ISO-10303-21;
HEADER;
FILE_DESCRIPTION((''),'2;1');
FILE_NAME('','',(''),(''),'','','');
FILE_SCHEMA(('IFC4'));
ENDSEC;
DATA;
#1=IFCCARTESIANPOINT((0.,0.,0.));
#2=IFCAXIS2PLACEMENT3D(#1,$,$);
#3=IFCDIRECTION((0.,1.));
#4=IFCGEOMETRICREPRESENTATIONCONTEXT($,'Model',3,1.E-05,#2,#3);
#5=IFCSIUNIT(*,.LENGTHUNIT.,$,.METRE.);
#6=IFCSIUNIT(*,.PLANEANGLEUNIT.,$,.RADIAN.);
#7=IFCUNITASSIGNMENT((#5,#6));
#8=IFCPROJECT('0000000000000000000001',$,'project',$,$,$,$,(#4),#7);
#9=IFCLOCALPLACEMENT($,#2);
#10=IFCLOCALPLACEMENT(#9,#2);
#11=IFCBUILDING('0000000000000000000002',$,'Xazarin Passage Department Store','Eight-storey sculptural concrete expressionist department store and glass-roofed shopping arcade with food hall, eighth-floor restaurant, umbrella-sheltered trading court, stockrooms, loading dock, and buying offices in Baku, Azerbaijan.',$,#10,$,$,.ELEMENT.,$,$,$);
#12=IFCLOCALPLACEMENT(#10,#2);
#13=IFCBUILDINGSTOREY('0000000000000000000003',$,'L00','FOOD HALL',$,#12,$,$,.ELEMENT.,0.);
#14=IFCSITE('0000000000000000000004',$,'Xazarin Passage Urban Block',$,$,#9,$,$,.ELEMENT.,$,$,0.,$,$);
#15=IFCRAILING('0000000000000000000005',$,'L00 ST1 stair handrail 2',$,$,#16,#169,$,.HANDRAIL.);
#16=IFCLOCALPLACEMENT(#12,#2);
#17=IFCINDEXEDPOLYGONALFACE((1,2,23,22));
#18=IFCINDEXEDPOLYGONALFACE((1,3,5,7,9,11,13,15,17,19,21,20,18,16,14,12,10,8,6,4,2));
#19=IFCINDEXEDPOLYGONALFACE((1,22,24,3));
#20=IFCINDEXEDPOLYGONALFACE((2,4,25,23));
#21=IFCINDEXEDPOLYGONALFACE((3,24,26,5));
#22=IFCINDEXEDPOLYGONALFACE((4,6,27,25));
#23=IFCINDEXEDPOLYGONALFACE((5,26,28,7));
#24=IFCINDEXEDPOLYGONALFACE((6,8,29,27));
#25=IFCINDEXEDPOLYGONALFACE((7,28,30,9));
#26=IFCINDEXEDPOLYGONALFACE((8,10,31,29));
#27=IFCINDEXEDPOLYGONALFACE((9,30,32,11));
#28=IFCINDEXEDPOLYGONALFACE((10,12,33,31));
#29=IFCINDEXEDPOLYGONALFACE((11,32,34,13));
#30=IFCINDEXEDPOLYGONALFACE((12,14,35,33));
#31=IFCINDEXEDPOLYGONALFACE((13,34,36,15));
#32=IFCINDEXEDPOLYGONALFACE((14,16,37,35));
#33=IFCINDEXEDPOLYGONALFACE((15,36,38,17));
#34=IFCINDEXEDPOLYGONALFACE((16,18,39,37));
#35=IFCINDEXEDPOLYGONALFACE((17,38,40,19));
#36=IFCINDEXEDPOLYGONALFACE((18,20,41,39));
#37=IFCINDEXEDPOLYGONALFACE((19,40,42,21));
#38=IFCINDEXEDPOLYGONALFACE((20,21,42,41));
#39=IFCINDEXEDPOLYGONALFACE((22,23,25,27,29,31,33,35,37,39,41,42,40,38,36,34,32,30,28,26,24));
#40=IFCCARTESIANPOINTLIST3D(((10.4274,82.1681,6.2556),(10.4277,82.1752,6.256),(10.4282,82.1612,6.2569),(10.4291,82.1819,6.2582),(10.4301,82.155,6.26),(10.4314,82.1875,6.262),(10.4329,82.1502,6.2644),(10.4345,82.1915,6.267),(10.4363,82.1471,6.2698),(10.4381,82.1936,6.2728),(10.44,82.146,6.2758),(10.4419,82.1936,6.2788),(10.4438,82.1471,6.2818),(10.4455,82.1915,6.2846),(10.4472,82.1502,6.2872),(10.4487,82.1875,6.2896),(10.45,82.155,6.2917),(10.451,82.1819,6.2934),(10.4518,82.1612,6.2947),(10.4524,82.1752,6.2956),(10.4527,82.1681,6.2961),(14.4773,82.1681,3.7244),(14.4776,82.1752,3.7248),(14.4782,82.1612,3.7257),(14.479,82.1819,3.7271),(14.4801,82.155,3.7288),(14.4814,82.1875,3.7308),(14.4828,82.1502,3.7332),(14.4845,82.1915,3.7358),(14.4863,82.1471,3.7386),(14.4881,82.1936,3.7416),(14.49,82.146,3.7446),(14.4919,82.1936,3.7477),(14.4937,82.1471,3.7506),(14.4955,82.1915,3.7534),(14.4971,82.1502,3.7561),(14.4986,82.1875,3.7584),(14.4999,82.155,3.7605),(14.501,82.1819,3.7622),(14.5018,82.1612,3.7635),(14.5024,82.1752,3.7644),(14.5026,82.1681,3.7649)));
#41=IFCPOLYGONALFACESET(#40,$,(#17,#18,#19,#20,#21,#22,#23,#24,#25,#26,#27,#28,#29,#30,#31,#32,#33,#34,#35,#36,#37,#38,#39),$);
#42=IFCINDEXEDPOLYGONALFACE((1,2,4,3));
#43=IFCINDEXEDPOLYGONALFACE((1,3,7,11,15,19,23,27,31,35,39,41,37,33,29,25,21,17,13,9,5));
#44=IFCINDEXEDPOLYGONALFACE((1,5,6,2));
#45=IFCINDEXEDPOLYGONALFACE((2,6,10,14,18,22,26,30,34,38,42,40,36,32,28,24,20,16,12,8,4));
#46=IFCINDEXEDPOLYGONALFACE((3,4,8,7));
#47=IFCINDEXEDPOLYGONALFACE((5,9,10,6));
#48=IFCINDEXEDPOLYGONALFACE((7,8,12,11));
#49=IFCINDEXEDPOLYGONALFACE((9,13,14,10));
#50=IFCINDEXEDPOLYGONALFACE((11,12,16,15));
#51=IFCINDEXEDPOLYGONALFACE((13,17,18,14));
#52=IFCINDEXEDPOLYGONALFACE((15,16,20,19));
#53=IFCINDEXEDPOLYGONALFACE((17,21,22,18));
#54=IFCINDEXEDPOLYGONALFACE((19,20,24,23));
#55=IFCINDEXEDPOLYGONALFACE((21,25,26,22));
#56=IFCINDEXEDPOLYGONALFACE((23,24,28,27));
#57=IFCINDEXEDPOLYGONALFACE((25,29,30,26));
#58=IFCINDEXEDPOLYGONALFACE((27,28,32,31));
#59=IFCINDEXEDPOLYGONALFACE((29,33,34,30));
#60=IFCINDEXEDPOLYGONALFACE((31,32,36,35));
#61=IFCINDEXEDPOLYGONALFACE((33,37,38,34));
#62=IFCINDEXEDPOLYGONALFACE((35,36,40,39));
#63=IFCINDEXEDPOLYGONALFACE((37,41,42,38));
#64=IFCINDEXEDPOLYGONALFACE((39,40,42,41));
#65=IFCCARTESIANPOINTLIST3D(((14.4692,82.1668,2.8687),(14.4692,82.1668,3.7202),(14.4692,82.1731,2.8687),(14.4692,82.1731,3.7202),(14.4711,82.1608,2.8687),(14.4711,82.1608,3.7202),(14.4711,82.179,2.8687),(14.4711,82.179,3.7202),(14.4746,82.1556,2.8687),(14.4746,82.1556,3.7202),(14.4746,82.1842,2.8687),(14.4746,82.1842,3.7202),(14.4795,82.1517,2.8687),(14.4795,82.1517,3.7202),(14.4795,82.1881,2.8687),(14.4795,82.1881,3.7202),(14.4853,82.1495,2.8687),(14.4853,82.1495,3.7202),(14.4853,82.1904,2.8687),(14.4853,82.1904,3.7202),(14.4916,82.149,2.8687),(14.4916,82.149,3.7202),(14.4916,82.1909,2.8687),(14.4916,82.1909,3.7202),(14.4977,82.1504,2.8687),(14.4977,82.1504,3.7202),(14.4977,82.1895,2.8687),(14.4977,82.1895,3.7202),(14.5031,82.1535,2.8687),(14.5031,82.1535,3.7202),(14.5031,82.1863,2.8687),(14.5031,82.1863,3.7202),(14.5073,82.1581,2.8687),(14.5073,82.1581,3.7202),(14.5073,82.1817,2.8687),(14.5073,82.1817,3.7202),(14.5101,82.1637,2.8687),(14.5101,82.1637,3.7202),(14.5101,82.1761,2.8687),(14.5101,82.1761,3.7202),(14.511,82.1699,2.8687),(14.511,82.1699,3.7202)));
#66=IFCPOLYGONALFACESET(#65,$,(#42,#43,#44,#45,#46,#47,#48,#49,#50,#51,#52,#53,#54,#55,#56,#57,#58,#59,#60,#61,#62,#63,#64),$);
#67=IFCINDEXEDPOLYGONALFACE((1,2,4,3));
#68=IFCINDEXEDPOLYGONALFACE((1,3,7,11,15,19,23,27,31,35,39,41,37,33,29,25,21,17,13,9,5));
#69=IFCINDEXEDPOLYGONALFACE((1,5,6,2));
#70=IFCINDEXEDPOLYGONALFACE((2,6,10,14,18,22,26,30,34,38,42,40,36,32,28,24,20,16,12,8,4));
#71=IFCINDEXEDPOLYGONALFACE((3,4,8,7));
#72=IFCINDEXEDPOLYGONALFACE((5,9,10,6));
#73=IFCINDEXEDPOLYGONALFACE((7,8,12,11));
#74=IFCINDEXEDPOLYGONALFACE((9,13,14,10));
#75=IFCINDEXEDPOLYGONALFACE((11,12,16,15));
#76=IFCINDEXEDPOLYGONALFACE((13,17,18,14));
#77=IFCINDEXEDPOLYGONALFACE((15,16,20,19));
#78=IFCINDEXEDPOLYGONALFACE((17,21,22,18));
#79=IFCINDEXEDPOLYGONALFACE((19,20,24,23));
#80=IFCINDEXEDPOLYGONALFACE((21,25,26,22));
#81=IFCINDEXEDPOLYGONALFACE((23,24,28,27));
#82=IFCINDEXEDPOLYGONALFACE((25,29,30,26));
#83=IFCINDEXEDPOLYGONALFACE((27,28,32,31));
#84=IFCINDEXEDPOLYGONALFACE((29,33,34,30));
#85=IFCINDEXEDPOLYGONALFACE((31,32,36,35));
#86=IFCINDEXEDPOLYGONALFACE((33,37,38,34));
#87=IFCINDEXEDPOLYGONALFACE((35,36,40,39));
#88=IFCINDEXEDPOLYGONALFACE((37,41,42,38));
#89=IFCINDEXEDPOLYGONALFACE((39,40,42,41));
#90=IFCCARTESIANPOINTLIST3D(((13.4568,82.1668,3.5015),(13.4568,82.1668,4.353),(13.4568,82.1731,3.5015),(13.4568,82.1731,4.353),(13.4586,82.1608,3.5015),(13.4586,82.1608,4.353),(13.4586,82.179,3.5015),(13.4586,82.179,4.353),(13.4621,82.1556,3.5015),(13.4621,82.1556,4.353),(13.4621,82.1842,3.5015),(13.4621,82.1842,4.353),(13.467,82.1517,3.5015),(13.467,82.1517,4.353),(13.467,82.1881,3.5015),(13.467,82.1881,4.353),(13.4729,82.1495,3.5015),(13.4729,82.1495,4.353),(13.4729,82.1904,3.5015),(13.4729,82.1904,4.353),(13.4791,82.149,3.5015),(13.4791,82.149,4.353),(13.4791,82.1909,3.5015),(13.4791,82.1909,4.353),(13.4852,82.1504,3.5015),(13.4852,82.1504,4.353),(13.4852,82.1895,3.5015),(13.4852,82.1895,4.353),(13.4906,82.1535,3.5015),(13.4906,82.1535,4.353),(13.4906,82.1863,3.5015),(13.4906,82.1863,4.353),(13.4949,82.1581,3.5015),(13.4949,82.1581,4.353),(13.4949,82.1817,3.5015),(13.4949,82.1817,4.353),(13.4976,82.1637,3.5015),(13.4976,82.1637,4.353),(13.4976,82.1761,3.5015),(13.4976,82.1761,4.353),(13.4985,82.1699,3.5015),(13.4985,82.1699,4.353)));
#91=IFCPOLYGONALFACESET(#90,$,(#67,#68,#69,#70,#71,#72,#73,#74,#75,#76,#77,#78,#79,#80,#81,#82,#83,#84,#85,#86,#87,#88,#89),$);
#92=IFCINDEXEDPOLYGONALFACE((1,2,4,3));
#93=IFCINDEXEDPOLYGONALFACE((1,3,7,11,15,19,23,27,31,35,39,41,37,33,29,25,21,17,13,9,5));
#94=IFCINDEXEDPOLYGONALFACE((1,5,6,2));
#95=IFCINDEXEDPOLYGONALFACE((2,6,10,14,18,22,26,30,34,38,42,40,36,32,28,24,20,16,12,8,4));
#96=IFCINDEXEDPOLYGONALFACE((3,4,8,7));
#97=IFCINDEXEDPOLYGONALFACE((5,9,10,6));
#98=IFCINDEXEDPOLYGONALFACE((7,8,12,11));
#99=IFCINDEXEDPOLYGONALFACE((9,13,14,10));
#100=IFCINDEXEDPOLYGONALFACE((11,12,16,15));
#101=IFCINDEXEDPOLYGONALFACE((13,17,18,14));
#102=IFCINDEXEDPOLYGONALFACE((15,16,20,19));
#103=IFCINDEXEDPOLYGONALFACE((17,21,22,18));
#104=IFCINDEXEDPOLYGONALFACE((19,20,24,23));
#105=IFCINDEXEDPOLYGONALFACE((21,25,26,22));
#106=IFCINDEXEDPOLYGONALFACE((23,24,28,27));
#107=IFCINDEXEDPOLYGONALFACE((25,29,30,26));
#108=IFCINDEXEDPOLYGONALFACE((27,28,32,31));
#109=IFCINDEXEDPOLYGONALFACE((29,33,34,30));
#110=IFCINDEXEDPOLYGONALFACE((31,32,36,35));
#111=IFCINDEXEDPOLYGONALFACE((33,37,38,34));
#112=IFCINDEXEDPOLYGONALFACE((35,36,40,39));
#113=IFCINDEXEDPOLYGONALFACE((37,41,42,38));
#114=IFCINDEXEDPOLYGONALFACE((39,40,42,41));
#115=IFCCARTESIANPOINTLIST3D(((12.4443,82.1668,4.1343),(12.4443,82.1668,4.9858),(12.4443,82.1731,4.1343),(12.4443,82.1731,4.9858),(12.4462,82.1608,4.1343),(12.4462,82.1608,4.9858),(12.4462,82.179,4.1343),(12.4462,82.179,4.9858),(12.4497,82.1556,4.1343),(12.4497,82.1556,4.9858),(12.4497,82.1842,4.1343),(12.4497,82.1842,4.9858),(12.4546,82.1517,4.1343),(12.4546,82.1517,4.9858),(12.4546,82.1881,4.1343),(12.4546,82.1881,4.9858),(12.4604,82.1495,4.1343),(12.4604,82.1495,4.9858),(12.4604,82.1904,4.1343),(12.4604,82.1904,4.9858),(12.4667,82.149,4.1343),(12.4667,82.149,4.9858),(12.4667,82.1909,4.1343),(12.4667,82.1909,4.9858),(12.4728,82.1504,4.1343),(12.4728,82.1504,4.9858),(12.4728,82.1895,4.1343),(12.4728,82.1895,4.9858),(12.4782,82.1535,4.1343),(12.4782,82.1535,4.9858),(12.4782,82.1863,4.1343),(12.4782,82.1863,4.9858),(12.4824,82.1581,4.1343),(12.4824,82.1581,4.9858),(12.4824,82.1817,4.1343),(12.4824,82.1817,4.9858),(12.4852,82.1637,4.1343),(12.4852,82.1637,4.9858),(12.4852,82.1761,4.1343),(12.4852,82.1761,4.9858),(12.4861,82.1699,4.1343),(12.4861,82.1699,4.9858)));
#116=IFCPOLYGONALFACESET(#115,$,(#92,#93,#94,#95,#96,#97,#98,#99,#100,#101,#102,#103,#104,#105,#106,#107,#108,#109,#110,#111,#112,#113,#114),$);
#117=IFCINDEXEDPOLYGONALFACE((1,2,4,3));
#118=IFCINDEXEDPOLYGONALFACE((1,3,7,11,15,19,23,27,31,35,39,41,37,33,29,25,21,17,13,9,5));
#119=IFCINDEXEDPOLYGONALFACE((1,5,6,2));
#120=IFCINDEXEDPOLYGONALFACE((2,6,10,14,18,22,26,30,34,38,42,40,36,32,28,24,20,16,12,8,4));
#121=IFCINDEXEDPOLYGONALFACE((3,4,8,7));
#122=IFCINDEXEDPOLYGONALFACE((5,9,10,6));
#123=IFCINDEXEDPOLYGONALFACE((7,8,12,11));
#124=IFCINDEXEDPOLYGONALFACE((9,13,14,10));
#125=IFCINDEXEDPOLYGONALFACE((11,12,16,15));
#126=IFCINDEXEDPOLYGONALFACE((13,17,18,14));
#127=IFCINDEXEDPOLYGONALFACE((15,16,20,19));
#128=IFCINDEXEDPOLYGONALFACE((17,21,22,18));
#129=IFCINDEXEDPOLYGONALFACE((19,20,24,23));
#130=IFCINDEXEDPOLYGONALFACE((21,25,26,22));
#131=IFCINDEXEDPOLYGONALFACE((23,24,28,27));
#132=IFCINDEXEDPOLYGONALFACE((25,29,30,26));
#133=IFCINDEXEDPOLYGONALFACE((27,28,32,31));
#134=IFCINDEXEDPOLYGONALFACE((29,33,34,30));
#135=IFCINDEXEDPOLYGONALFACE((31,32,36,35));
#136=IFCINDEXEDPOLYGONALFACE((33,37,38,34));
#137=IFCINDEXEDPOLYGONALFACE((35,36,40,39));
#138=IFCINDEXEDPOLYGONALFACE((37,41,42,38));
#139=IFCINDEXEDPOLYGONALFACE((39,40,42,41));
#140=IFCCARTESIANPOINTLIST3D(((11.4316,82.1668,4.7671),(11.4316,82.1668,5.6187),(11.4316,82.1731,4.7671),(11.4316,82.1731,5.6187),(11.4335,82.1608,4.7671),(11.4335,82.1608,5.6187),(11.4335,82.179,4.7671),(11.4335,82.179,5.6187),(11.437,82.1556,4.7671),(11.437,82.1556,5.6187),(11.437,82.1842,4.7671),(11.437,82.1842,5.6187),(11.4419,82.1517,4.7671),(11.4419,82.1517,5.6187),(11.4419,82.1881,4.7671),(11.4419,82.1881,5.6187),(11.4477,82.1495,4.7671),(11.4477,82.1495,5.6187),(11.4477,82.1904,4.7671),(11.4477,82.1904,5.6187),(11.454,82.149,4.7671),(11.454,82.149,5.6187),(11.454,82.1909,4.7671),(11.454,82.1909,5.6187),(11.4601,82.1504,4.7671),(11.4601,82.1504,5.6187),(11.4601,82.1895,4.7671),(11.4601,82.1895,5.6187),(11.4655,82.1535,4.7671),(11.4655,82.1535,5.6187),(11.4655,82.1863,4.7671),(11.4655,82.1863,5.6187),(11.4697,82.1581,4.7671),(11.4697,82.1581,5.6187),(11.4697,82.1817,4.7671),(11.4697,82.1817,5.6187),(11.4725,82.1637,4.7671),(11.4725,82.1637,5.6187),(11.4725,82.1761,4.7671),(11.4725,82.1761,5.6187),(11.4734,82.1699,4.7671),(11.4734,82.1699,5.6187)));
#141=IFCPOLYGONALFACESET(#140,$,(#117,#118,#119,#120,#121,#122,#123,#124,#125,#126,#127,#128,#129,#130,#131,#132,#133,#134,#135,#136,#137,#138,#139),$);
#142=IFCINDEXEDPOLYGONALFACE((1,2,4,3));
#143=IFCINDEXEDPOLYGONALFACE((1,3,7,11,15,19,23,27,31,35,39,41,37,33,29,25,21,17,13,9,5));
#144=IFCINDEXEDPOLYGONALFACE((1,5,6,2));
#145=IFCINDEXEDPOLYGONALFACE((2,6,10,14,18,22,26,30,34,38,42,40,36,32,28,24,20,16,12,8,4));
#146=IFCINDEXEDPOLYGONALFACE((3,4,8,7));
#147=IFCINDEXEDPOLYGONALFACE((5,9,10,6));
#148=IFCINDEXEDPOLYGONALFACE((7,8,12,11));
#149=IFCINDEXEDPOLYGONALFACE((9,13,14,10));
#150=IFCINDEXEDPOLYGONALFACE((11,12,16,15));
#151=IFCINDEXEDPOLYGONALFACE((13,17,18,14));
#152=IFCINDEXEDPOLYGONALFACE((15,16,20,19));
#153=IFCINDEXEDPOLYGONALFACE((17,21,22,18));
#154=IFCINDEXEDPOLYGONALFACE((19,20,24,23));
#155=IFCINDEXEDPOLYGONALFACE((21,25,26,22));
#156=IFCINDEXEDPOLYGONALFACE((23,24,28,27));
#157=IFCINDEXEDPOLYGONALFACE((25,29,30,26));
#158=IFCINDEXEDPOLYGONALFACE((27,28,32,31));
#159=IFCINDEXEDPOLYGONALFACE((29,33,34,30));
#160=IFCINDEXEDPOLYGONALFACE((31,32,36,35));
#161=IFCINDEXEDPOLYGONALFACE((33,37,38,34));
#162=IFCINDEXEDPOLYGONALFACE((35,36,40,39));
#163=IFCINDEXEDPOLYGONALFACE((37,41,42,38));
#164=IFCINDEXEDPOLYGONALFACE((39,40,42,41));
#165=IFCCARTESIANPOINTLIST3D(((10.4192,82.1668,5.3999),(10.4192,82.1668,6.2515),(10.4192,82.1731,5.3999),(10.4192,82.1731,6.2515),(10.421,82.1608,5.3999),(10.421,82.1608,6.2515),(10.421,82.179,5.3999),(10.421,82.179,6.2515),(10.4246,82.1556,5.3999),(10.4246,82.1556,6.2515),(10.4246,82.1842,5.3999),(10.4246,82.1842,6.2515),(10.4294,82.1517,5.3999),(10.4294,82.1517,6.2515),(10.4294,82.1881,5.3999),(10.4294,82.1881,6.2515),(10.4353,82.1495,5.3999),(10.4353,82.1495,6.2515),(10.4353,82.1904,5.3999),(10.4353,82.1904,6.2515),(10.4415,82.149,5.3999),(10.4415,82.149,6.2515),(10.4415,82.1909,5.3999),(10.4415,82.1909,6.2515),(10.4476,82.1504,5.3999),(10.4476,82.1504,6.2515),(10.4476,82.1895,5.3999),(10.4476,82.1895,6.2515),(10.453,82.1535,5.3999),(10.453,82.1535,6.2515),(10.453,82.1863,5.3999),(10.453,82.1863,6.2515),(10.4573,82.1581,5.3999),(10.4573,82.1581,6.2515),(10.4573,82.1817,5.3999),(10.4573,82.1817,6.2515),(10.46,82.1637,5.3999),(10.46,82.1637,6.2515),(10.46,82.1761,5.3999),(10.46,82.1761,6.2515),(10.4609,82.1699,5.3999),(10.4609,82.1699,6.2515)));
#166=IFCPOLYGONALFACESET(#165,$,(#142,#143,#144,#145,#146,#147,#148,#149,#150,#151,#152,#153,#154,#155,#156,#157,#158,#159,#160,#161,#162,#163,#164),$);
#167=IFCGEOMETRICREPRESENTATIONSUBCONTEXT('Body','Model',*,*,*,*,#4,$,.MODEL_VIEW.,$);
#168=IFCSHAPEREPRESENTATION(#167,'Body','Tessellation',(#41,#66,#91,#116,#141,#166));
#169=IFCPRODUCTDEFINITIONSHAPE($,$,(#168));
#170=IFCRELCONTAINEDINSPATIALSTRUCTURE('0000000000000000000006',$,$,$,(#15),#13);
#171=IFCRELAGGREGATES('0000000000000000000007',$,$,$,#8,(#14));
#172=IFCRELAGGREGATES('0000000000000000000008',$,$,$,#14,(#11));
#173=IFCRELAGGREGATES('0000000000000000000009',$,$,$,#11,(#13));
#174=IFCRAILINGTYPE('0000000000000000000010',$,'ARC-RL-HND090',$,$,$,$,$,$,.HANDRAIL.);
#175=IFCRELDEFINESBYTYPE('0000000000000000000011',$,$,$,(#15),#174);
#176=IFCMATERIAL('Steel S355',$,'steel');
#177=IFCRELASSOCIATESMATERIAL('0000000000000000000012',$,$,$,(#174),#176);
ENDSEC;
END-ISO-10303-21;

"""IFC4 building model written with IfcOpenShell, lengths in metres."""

from ifc_helpers import new_model, si_unit, direction, frame, origin, origin_2d, place, context, subcontext, project, spatial, circle, extrude, material, type_object, element, save


model = new_model("IFC4")

# Units and contexts
model_context = context("Model", 3, precision=1e-05, world=origin(), true_north=direction((0.0, 1.0)))
body_context = subcontext(model_context, "Body", "Model", "MODEL_VIEW")
ifc_project = project(units=[si_unit("LENGTHUNIT", "METRE"), si_unit("PLANEANGLEUNIT", "RADIAN")], contexts=[model_context])

# Site, building, storey
site_placement = place(None, origin())
site = spatial("IfcSite", under=ifc_project, at=site_placement, Name="Xazarin Passage Urban Block", CompositionType="ELEMENT", RefElevation=0.0)
building_placement = place(site_placement, origin())
building = spatial("IfcBuilding", under=site, at=building_placement, Name="Xazarin Passage Department Store", Description="Eight-storey sculptural concrete expressionist department store and glass-roofed shopping arcade with food hall, eighth-floor restaurant, umbrella-sheltered trading court, stockrooms, loading dock, and buying offices in Baku, Azerbaijan.", CompositionType="ELEMENT")
storey_placement = place(building_placement, origin())
storey = spatial("IfcBuildingStorey", under=building, at=storey_placement, Name="L00", Description="FOOD HALL", CompositionType="ELEMENT", Elevation=0.0)

# Railing
ifc_material_1 = material(Name="Steel S355", Category="steel")
railing_type_1 = type_object("IfcRailingType", Name="ARC-RL-HND090", PredefinedType="HANDRAIL", material=ifc_material_1)
railing_1_placement = place(storey_placement, frame((14.49, 82.1699, 2.8687)))
element("IfcRailing", 1, at=railing_1_placement, inside=storey, type_object=railing_type_1, Name="L00 ST1 stair handrail 2", PredefinedType="HANDRAIL", context=body_context, shape_type="SweptSolid", body=[
    extrude(circle(Radius=0.0239, at=origin_2d()), frame((0.0, 0.0, 0.876), z_axis=(-0.848001, 0.0, 0.529994), x_axis=(0.0, -1.0, 0.0)), (0.0, 0.0, 1.0), 4.7759),
    extrude(circle(Radius=0.021, at=origin_2d()), origin(), (0.0, 0.0, 1.0), 0.8516),
    extrude(circle(Radius=0.021, at=origin_2d()), frame((-1.0125, 0.0, 0.6328)), (0.0, 0.0, 1.0), 0.8516),
    extrude(circle(Radius=0.021, at=origin_2d()), frame((-2.0249, 0.0, 1.2656)), (0.0, 0.0, 1.0), 0.8516),
    extrude(circle(Radius=0.021, at=origin_2d()), frame((-3.0376, 0.0, 1.8984)), (0.0, 0.0, 1.0), 0.8516),
    extrude(circle(Radius=0.021, at=origin_2d()), frame((-4.05, 0.0, 2.5312)), (0.0, 0.0, 1.0), 0.8516),
])

save(model, "model.ifc")
